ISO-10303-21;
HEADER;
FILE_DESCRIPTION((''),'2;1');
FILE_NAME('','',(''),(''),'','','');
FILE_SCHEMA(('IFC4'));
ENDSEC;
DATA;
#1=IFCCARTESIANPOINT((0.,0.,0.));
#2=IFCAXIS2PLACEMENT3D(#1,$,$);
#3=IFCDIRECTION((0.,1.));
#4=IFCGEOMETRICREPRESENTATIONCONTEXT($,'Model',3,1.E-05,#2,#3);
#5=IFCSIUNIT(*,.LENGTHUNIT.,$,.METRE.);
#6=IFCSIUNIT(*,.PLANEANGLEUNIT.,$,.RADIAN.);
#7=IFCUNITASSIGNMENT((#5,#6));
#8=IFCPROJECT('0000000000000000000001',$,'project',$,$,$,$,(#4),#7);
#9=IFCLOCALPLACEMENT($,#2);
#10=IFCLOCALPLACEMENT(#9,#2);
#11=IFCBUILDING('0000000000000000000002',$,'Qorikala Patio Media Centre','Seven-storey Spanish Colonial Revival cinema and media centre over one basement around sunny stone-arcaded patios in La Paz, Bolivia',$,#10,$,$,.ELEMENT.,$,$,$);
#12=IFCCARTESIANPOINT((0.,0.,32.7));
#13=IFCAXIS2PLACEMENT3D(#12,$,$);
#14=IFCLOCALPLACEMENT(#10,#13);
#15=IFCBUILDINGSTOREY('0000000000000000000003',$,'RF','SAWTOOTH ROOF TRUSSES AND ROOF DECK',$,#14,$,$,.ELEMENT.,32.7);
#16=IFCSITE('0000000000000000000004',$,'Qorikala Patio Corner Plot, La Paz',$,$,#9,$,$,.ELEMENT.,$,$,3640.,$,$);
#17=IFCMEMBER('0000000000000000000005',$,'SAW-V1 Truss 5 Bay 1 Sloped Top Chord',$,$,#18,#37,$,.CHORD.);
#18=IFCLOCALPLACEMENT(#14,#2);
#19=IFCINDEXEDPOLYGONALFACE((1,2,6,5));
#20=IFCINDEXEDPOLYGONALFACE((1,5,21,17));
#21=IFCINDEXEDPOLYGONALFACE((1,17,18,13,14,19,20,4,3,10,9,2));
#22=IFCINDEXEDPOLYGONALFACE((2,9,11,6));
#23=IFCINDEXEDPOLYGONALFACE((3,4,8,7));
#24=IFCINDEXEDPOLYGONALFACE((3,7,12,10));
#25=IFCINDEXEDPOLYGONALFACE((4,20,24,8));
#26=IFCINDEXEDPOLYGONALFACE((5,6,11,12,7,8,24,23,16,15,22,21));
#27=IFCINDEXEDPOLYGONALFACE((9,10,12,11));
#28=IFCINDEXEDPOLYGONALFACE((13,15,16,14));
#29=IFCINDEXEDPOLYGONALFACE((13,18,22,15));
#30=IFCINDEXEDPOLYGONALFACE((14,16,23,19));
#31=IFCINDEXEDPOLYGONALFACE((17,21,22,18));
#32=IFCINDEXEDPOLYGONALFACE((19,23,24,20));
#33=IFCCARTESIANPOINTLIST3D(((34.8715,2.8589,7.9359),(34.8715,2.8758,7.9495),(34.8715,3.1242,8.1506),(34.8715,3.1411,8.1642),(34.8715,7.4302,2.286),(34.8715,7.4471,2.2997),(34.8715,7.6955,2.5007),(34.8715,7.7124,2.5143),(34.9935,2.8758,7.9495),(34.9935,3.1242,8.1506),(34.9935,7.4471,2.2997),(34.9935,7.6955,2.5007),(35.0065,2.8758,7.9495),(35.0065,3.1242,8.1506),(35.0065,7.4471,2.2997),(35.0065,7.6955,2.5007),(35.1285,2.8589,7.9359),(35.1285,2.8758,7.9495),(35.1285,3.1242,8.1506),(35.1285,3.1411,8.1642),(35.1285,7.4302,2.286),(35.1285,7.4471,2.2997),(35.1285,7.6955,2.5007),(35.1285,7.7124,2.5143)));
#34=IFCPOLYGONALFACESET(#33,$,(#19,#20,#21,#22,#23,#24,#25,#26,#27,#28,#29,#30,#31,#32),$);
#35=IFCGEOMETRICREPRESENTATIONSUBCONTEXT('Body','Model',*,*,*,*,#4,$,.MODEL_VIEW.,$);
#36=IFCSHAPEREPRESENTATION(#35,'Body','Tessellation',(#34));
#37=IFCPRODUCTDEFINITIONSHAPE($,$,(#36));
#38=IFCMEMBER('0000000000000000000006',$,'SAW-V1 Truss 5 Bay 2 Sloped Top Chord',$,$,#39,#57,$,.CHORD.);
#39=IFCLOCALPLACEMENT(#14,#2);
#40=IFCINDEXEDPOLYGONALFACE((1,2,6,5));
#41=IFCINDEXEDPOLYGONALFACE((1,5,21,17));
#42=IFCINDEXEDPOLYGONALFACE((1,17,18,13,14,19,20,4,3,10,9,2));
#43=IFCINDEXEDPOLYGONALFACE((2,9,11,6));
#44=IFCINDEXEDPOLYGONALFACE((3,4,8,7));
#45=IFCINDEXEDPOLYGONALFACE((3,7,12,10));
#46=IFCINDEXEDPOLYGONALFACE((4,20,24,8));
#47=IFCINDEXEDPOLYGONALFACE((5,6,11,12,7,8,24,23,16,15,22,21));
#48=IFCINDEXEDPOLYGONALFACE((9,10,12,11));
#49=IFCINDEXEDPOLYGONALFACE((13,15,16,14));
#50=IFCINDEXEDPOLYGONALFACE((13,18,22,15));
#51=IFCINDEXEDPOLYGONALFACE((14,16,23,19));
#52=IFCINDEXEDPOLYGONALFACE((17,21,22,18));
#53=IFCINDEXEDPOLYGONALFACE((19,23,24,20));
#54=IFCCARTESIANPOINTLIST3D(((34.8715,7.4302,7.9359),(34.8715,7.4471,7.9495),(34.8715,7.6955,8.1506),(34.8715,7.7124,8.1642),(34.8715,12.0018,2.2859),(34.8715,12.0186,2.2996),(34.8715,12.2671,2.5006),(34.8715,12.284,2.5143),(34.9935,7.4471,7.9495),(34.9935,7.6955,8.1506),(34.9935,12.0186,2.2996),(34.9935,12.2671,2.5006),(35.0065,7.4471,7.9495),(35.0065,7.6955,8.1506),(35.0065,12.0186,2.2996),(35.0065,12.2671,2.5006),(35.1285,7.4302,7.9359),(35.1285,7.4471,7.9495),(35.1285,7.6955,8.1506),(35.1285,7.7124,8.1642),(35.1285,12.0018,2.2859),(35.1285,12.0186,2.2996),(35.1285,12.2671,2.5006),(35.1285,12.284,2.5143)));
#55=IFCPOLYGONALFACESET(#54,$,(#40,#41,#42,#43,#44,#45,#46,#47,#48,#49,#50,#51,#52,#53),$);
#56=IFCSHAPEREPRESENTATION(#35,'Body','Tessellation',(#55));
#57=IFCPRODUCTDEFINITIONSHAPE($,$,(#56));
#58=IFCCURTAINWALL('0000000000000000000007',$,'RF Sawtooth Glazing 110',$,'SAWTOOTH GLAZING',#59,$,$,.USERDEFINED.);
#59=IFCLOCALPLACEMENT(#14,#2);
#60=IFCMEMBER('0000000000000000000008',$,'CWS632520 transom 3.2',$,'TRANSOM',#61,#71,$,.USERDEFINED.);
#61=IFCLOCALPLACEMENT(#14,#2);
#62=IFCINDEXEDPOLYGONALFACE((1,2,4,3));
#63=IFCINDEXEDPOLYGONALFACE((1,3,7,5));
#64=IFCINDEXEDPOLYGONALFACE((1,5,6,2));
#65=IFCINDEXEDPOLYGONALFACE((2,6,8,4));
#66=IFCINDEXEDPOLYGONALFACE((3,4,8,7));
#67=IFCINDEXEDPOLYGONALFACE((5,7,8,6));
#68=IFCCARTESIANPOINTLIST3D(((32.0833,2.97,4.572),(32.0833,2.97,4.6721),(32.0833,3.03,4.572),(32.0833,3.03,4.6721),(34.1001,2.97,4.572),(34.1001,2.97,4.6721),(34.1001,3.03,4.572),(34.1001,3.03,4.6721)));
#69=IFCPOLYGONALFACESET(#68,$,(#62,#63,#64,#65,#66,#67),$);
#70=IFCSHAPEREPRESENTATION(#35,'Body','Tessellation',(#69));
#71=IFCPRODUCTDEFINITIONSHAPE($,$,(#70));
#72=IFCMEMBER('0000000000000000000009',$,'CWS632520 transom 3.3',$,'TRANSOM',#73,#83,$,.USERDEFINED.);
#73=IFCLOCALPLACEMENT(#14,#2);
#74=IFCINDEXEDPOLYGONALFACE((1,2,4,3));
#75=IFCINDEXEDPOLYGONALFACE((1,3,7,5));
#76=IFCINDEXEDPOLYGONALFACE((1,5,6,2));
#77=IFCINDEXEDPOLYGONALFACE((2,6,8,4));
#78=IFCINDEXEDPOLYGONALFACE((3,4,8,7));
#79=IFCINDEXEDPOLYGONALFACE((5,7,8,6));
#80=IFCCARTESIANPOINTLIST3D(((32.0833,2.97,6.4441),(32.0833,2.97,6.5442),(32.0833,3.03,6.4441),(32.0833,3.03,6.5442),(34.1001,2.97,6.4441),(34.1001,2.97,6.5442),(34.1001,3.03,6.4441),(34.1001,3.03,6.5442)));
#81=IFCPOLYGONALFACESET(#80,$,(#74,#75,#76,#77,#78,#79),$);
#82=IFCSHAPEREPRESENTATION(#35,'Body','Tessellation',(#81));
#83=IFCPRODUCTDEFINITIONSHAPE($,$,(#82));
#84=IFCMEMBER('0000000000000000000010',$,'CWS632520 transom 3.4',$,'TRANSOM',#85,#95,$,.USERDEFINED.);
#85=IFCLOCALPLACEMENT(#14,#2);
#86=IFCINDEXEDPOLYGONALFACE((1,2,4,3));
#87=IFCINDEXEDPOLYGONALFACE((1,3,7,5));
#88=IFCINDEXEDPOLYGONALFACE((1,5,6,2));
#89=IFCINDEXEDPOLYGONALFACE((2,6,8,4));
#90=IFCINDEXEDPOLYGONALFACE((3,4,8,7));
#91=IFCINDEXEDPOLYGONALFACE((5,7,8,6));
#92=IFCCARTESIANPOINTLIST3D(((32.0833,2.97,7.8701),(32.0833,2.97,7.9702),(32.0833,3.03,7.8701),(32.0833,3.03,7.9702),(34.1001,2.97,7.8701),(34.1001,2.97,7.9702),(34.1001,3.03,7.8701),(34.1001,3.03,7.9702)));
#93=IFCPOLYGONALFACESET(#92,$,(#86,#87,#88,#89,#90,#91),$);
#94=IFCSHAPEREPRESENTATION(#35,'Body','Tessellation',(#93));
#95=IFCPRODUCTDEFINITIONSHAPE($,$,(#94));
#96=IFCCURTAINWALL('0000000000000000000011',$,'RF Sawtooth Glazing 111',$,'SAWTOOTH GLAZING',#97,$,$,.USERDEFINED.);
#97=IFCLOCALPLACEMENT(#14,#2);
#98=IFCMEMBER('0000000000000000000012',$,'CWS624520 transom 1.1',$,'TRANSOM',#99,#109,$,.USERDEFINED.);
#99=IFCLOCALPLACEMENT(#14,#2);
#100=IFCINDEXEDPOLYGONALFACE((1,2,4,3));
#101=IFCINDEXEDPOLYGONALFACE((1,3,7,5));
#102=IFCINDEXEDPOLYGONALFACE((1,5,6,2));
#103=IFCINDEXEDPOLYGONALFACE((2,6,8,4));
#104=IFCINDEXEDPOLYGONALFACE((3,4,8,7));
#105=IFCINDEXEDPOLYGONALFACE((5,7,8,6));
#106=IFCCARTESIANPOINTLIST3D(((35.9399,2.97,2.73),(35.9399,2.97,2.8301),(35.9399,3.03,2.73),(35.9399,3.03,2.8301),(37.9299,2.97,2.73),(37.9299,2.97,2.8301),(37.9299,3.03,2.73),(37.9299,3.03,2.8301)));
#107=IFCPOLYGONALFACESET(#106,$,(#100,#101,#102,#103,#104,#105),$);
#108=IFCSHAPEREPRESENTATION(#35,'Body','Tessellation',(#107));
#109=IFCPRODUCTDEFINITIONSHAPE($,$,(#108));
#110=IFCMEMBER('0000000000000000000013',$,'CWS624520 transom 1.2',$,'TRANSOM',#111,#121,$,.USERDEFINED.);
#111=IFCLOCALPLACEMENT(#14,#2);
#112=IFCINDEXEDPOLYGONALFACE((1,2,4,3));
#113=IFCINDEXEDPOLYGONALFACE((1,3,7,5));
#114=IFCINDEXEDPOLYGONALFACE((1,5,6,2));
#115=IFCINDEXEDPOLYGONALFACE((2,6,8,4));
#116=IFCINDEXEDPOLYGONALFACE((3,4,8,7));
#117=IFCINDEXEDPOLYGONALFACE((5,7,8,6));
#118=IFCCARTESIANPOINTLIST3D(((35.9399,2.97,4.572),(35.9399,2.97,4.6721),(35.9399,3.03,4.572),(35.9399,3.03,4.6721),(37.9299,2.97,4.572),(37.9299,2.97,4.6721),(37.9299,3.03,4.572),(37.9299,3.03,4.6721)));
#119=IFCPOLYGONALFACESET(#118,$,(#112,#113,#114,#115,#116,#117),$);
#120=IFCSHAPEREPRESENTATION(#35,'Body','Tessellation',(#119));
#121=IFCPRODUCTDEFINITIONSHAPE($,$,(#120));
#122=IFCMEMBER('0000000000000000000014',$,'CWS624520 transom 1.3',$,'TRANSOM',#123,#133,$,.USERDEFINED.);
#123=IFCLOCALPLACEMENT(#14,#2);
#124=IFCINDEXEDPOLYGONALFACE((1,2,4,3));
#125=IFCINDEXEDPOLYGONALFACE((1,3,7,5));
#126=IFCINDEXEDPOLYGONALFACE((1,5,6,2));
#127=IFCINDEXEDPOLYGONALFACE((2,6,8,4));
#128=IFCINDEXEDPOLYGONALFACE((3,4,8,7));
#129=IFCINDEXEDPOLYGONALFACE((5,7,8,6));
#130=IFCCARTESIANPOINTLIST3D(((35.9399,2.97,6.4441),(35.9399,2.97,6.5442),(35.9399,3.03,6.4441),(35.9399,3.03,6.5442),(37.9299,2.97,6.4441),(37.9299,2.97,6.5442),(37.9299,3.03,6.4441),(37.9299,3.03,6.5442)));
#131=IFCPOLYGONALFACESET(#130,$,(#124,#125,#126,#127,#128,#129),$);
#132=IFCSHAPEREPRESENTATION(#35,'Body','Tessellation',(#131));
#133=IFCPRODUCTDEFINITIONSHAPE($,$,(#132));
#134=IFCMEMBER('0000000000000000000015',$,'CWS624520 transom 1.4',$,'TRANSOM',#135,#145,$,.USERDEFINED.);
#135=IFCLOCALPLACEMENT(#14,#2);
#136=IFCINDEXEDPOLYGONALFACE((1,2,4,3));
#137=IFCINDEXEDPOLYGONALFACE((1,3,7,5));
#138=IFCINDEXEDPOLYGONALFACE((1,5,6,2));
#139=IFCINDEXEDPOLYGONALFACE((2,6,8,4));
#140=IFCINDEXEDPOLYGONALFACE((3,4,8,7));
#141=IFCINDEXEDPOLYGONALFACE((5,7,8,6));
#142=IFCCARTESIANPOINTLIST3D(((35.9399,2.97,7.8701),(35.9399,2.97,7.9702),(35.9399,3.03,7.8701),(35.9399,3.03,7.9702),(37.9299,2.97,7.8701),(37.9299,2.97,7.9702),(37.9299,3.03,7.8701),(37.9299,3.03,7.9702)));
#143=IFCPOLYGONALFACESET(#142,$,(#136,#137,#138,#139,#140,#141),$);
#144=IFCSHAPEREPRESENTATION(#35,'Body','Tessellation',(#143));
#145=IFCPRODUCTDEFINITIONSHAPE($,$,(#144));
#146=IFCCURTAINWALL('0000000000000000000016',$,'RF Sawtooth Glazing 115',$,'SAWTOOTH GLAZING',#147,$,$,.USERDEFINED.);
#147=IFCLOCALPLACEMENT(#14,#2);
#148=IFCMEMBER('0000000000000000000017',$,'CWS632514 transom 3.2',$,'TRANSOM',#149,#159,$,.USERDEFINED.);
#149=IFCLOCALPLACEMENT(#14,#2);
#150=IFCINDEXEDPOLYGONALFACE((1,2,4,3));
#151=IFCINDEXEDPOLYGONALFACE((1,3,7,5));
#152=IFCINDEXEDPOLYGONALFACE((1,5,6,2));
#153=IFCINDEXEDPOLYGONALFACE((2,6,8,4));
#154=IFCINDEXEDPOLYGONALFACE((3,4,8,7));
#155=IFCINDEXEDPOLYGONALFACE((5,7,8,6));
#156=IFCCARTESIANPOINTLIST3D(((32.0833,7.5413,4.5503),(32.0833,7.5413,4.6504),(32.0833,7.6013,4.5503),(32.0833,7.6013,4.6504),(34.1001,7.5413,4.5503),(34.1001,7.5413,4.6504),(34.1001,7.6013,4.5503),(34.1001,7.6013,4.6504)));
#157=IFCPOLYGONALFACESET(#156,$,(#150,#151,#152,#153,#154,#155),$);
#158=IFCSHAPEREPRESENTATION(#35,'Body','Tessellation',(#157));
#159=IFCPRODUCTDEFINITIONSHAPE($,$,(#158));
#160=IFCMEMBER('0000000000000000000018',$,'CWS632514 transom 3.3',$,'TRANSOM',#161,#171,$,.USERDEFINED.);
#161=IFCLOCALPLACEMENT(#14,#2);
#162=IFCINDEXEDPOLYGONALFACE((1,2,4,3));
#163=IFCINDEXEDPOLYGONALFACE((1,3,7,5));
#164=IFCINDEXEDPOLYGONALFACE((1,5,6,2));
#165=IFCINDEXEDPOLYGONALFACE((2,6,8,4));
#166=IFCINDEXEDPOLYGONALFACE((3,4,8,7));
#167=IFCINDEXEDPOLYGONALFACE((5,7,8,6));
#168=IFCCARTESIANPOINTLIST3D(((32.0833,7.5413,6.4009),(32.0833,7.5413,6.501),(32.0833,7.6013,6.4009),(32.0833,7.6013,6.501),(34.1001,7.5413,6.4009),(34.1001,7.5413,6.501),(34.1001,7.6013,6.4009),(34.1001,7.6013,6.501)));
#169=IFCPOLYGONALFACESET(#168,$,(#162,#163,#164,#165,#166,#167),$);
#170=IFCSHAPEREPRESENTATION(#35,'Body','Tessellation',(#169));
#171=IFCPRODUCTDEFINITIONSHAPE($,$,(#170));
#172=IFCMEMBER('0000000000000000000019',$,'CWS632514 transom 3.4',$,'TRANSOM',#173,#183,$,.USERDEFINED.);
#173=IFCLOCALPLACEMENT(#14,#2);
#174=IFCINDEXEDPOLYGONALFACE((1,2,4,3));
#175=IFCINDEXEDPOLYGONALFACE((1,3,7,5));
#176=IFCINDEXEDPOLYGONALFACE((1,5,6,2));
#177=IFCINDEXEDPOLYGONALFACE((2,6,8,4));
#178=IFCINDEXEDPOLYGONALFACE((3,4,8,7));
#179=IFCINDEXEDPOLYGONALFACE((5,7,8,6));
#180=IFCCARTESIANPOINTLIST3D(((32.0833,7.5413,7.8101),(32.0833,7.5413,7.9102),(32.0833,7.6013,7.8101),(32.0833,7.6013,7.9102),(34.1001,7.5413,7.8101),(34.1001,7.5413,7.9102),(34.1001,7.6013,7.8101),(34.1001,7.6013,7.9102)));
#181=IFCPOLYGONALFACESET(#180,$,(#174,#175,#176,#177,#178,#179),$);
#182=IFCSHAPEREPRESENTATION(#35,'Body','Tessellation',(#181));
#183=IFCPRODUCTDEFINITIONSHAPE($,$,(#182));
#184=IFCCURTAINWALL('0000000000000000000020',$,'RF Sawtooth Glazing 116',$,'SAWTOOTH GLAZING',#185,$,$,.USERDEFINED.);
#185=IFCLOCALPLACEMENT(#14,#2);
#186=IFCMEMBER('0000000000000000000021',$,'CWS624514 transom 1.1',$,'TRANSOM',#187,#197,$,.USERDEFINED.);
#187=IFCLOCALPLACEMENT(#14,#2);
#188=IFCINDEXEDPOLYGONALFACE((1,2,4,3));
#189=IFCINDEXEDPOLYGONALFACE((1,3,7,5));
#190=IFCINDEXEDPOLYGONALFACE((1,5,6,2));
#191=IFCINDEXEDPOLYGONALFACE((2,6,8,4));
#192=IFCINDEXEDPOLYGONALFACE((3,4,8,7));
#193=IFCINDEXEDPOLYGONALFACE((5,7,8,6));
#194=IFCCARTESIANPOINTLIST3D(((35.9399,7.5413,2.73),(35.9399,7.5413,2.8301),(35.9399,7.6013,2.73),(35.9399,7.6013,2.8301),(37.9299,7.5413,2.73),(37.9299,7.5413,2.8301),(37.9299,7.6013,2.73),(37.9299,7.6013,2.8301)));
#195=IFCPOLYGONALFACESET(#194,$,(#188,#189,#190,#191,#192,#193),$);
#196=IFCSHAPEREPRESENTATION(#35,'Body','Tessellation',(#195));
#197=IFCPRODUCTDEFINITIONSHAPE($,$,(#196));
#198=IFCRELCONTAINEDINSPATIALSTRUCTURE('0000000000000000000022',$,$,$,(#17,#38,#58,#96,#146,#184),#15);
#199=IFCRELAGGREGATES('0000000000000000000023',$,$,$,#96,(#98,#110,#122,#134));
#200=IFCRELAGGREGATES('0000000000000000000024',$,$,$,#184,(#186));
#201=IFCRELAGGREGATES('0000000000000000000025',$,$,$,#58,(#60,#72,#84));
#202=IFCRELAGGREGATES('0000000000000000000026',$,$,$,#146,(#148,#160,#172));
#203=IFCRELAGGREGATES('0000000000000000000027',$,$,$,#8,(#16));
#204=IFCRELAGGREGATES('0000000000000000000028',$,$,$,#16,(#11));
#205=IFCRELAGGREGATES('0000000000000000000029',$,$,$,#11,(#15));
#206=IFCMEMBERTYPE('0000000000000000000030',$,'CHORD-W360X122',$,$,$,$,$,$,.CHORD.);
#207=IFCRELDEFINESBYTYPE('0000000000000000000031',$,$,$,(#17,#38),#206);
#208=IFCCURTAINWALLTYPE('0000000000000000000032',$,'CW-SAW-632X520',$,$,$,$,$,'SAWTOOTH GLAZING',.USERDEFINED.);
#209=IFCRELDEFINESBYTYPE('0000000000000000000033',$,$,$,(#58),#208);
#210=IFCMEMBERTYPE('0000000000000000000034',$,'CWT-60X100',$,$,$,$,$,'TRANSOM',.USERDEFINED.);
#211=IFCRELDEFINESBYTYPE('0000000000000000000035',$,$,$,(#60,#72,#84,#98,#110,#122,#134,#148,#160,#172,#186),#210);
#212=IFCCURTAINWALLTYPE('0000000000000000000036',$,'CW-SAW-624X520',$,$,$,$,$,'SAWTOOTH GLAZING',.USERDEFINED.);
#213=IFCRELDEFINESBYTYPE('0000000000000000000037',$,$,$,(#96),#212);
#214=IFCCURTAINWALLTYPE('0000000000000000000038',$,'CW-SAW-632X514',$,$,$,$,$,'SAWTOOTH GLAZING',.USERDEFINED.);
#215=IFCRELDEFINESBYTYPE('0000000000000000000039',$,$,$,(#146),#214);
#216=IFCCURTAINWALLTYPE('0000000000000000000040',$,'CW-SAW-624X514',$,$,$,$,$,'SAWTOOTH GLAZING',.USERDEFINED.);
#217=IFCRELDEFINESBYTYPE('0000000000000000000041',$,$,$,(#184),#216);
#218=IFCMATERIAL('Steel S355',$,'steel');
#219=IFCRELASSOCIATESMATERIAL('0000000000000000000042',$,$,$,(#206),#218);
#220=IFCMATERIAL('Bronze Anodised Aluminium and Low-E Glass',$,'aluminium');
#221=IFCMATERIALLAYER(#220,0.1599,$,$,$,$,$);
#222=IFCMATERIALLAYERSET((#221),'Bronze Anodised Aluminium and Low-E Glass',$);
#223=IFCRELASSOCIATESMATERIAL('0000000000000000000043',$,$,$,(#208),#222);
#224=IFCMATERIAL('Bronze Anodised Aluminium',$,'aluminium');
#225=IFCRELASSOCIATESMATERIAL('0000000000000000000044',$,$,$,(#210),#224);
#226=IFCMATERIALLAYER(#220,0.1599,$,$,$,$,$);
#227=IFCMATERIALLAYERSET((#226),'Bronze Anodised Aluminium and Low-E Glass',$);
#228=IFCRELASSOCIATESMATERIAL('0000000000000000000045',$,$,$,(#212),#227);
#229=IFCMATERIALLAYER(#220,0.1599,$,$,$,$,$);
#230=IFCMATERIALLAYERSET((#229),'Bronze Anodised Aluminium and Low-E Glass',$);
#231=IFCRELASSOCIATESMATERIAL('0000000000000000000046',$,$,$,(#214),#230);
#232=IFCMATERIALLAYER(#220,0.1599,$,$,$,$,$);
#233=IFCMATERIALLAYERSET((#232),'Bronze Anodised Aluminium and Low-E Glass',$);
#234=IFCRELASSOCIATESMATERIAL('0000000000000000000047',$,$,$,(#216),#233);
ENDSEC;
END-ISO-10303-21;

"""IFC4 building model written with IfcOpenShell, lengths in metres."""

from ifc_helpers import new_model, si_unit, direction, frame, origin, origin_2d, place, context, subcontext, project, spatial, rectangle, i_section, extrude, material, layer, layer_set, material_profile, profile_set, type_object, element, aggregate, save


model = new_model("IFC4")

# Units and contexts
model_context = context("Model", 3, precision=1e-05, world=origin(), true_north=direction((0.0, 1.0)))
body_context = subcontext(model_context, "Body", "Model", "MODEL_VIEW")
ifc_project = project(units=[si_unit("LENGTHUNIT", "METRE"), si_unit("PLANEANGLEUNIT", "RADIAN")], contexts=[model_context])

# Site, building, storey
site_placement = place(None, origin())
site = spatial("IfcSite", under=ifc_project, at=site_placement, Name="Qorikala Patio Corner Plot, La Paz", CompositionType="ELEMENT", RefElevation=3640.0)
building_placement = place(site_placement, origin())
building = spatial("IfcBuilding", under=site, at=building_placement, Name="Qorikala Patio Media Centre", Description="Seven-storey Spanish Colonial Revival cinema and media centre over one basement around sunny stone-arcaded patios in La Paz, Bolivia", CompositionType="ELEMENT")
storey_placement = place(building_placement, frame((0.0, 0.0, 32.7)))
storey = spatial("IfcBuildingStorey", under=building, at=storey_placement, Name="RF", Description="SAWTOOTH ROOF TRUSSES AND ROOF DECK", CompositionType="ELEMENT", Elevation=32.7)

# Members
ifc_material_1 = material(Name="Steel S355", Category="steel")
ifc_material_profile_1 = material_profile(ifc_material_1, i_section(OverallWidth=0.2571, OverallDepth=0.363, WebThickness=0.0129, FlangeThickness=0.0217, at=origin_2d()), Name="W360X122")
ifc_profile_set_1 = profile_set([ifc_material_profile_1], Name="Steel S355")
member_type_1 = type_object("IfcMemberType", Name="CHORD-W360X122", PredefinedType="CHORD", material=ifc_profile_set_1)
member_1_placement = place(storey_placement, frame((35.0, 3.0, 8.05), z_axis=(0.0, 0.628995, -0.777409), x_axis=(-1.0, 0.0, 0.0)))
element("IfcMember", 1, at=member_1_placement, inside=storey, type_object=member_type_1, Name="SAW-V1 Truss 5 Bay 1 Sloped Top Chord", PredefinedType="CHORD", context=body_context, shape_type="SweptSolid", body=[
    extrude(i_section(OverallWidth=0.2571, OverallDepth=0.363, WebThickness=0.0129, FlangeThickness=0.0217, at=origin_2d()), origin(), (0.0, 0.0, 1.0), 7.2676),
])
member_2_placement = place(storey_placement, frame((35.0, 7.5713, 8.05), z_axis=(0.0, 0.629016, -0.777393), x_axis=(-1.0, 0.0, 0.0)))
element("IfcMember", 2, at=member_2_placement, inside=storey, type_object=member_type_1, Name="SAW-V1 Truss 5 Bay 2 Sloped Top Chord", PredefinedType="CHORD", context=body_context, shape_type="SweptSolid", body=[
    extrude(i_section(OverallWidth=0.2571, OverallDepth=0.363, WebThickness=0.0129, FlangeThickness=0.0217, at=origin_2d()), origin(), (0.0, 0.0, 1.0), 7.2678),
])

# Curtain walls, members
ifc_material_2 = material(Name="Bronze Anodised Aluminium and Low-E Glass", Category="aluminium")
ifc_layer_1 = layer(ifc_material_2, 0.1599)
ifc_layer_set_1 = layer_set([ifc_layer_1], Name="Bronze Anodised Aluminium and Low-E Glass")
curtain_wall_type_1 = type_object("IfcCurtainWallType", Name="CW-SAW-632X520", ElementType="SAWTOOTH GLAZING", PredefinedType="USERDEFINED", material=ifc_layer_set_1)
curtain_wall_1_placement = place(storey_placement, origin())
curtain_wall_1 = element("IfcCurtainWall", 3, at=curtain_wall_1_placement, inside=storey, type_object=curtain_wall_type_1, Name="RF Sawtooth Glazing 110", ObjectType="SAWTOOTH GLAZING", PredefinedType="USERDEFINED")
ifc_material_3 = material(Name="Bronze Anodised Aluminium", Category="aluminium")
ifc_material_profile_2 = material_profile(ifc_material_3, rectangle(XDim=0.0601, YDim=0.1001, at=origin_2d()), Name="ALU TRANSOM 60x100")
ifc_profile_set_2 = profile_set([ifc_material_profile_2], Name="Bronze Anodised Aluminium")
member_type_2 = type_object("IfcMemberType", Name="CWT-60X100", ElementType="TRANSOM", PredefinedType="USERDEFINED", material=ifc_profile_set_2)
member_3_placement = place(storey_placement, frame((32.0833, 3.0, 4.6221), z_axis=(1.0, 0.0, 0.0), x_axis=(0.0, 1.0, 0.0)))
member_3 = element("IfcMember", 4, at=member_3_placement, type_object=member_type_2, Name="CWS632520 transom 3.2", ObjectType="TRANSOM", PredefinedType="USERDEFINED", context=body_context, shape_type="SweptSolid", body=[
    extrude(rectangle(XDim=0.0601, YDim=0.1001, at=origin_2d()), origin(), (0.0, 0.0, 1.0), 2.0168),
])
member_4_placement = place(storey_placement, frame((32.0833, 3.0, 6.4941), z_axis=(1.0, 0.0, 0.0), x_axis=(0.0, 1.0, 0.0)))
member_4 = element("IfcMember", 5, at=member_4_placement, type_object=member_type_2, Name="CWS632520 transom 3.3", ObjectType="TRANSOM", PredefinedType="USERDEFINED", context=body_context, shape_type="SweptSolid", body=[
    extrude(rectangle(XDim=0.0601, YDim=0.1001, at=origin_2d()), origin(), (0.0, 0.0, 1.0), 2.0168),
])
member_5_placement = place(storey_placement, frame((32.0833, 3.0, 7.9202), z_axis=(1.0, 0.0, 0.0), x_axis=(0.0, 1.0, 0.0)))
member_5 = element("IfcMember", 6, at=member_5_placement, type_object=member_type_2, Name="CWS632520 transom 3.4", ObjectType="TRANSOM", PredefinedType="USERDEFINED", context=body_context, shape_type="SweptSolid", body=[
    extrude(rectangle(XDim=0.0601, YDim=0.1001, at=origin_2d()), origin(), (0.0, 0.0, 1.0), 2.0168),
])
ifc_layer_2 = layer(ifc_material_2, 0.1599)
ifc_layer_set_2 = layer_set([ifc_layer_2], Name="Bronze Anodised Aluminium and Low-E Glass")
curtain_wall_type_2 = type_object("IfcCurtainWallType", Name="CW-SAW-624X520", ElementType="SAWTOOTH GLAZING", PredefinedType="USERDEFINED", material=ifc_layer_set_2)
curtain_wall_2_placement = place(storey_placement, origin())
curtain_wall_2 = element("IfcCurtainWall", 7, at=curtain_wall_2_placement, inside=storey, type_object=curtain_wall_type_2, Name="RF Sawtooth Glazing 111", ObjectType="SAWTOOTH GLAZING", PredefinedType="USERDEFINED")
member_6_placement = place(storey_placement, frame((35.9399, 3.0, 2.78), z_axis=(1.0, 0.0, 0.0), x_axis=(0.0, 1.0, 0.0)))
member_6 = element("IfcMember", 8, at=member_6_placement, type_object=member_type_2, Name="CWS624520 transom 1.1", ObjectType="TRANSOM", PredefinedType="USERDEFINED", context=body_context, shape_type="SweptSolid", body=[
    extrude(rectangle(XDim=0.0601, YDim=0.1001, at=origin_2d()), origin(), (0.0, 0.0, 1.0), 1.99),
])
member_7_placement = place(storey_placement, frame((35.9399, 3.0, 4.6221), z_axis=(1.0, 0.0, 0.0), x_axis=(0.0, 1.0, 0.0)))
member_7 = element("IfcMember", 9, at=member_7_placement, type_object=member_type_2, Name="CWS624520 transom 1.2", ObjectType="TRANSOM", PredefinedType="USERDEFINED", context=body_context, shape_type="SweptSolid", body=[
    extrude(rectangle(XDim=0.0601, YDim=0.1001, at=origin_2d()), origin(), (0.0, 0.0, 1.0), 1.99),
])
member_8_placement = place(storey_placement, frame((35.9399, 3.0, 6.4941), z_axis=(1.0, 0.0, 0.0), x_axis=(0.0, 1.0, 0.0)))
member_8 = element("IfcMember", 10, at=member_8_placement, type_object=member_type_2, Name="CWS624520 transom 1.3", ObjectType="TRANSOM", PredefinedType="USERDEFINED", context=body_context, shape_type="SweptSolid", body=[
    extrude(rectangle(XDim=0.0601, YDim=0.1001, at=origin_2d()), origin(), (0.0, 0.0, 1.0), 1.99),
])
member_9_placement = place(storey_placement, frame((35.9399, 3.0, 7.9202), z_axis=(1.0, 0.0, 0.0), x_axis=(0.0, 1.0, 0.0)))
member_9 = element("IfcMember", 11, at=member_9_placement, type_object=member_type_2, Name="CWS624520 transom 1.4", ObjectType="TRANSOM", PredefinedType="USERDEFINED", context=body_context, shape_type="SweptSolid", body=[
    extrude(rectangle(XDim=0.0601, YDim=0.1001, at=origin_2d()), origin(), (0.0, 0.0, 1.0), 1.99),
])
aggregate(curtain_wall_2, [member_6, member_7, member_8, member_9])
ifc_layer_3 = layer(ifc_material_2, 0.1599)
ifc_layer_set_3 = layer_set([ifc_layer_3], Name="Bronze Anodised Aluminium and Low-E Glass")
curtain_wall_type_3 = type_object("IfcCurtainWallType", Name="CW-SAW-632X514", ElementType="SAWTOOTH GLAZING", PredefinedType="USERDEFINED", material=ifc_layer_set_3)
curtain_wall_3_placement = place(storey_placement, origin())
curtain_wall_3 = element("IfcCurtainWall", 12, at=curtain_wall_3_placement, inside=storey, type_object=curtain_wall_type_3, Name="RF Sawtooth Glazing 115", ObjectType="SAWTOOTH GLAZING", PredefinedType="USERDEFINED")
member_10_placement = place(storey_placement, frame((32.0833, 7.5713, 4.6003), z_axis=(1.0, 0.0, 0.0), x_axis=(0.0, 1.0, 0.0)))
member_10 = element("IfcMember", 13, at=member_10_placement, type_object=member_type_2, Name="CWS632514 transom 3.2", ObjectType="TRANSOM", PredefinedType="USERDEFINED", context=body_context, shape_type="SweptSolid", body=[
    extrude(rectangle(XDim=0.0601, YDim=0.1001, at=origin_2d()), origin(), (0.0, 0.0, 1.0), 2.0168),
])
member_11_placement = place(storey_placement, frame((32.0833, 7.5713, 6.4509), z_axis=(1.0, 0.0, 0.0), x_axis=(0.0, 1.0, 0.0)))
member_11 = element("IfcMember", 14, at=member_11_placement, type_object=member_type_2, Name="CWS632514 transom 3.3", ObjectType="TRANSOM", PredefinedType="USERDEFINED", context=body_context, shape_type="SweptSolid", body=[
    extrude(rectangle(XDim=0.0601, YDim=0.1001, at=origin_2d()), origin(), (0.0, 0.0, 1.0), 2.0168),
])
member_12_placement = place(storey_placement, frame((32.0833, 7.5713, 7.8601), z_axis=(1.0, 0.0, 0.0), x_axis=(0.0, 1.0, 0.0)))
member_12 = element("IfcMember", 15, at=member_12_placement, type_object=member_type_2, Name="CWS632514 transom 3.4", ObjectType="TRANSOM", PredefinedType="USERDEFINED", context=body_context, shape_type="SweptSolid", body=[
    extrude(rectangle(XDim=0.0601, YDim=0.1001, at=origin_2d()), origin(), (0.0, 0.0, 1.0), 2.0168),
])
ifc_layer_4 = layer(ifc_material_2, 0.1599)
ifc_layer_set_4 = layer_set([ifc_layer_4], Name="Bronze Anodised Aluminium and Low-E Glass")
curtain_wall_type_4 = type_object("IfcCurtainWallType", Name="CW-SAW-624X514", ElementType="SAWTOOTH GLAZING", PredefinedType="USERDEFINED", material=ifc_layer_set_4)
curtain_wall_4_placement = place(storey_placement, origin())
curtain_wall_4 = element("IfcCurtainWall", 16, at=curtain_wall_4_placement, inside=storey, type_object=curtain_wall_type_4, Name="RF Sawtooth Glazing 116", ObjectType="SAWTOOTH GLAZING", PredefinedType="USERDEFINED")
member_13_placement = place(storey_placement, frame((35.9399, 7.5713, 2.78), z_axis=(1.0, 0.0, 0.0), x_axis=(0.0, 1.0, 0.0)))
member_13 = element("IfcMember", 17, at=member_13_placement, type_object=member_type_2, Name="CWS624514 transom 1.1", ObjectType="TRANSOM", PredefinedType="USERDEFINED", context=body_context, shape_type="SweptSolid", body=[
    extrude(rectangle(XDim=0.0601, YDim=0.1001, at=origin_2d()), origin(), (0.0, 0.0, 1.0), 1.99),
])
aggregate(curtain_wall_4, [member_13])

aggregate(curtain_wall_1, [member_3, member_4, member_5])
aggregate(curtain_wall_3, [member_10, member_11, member_12])

save(model, "model.ifc")
